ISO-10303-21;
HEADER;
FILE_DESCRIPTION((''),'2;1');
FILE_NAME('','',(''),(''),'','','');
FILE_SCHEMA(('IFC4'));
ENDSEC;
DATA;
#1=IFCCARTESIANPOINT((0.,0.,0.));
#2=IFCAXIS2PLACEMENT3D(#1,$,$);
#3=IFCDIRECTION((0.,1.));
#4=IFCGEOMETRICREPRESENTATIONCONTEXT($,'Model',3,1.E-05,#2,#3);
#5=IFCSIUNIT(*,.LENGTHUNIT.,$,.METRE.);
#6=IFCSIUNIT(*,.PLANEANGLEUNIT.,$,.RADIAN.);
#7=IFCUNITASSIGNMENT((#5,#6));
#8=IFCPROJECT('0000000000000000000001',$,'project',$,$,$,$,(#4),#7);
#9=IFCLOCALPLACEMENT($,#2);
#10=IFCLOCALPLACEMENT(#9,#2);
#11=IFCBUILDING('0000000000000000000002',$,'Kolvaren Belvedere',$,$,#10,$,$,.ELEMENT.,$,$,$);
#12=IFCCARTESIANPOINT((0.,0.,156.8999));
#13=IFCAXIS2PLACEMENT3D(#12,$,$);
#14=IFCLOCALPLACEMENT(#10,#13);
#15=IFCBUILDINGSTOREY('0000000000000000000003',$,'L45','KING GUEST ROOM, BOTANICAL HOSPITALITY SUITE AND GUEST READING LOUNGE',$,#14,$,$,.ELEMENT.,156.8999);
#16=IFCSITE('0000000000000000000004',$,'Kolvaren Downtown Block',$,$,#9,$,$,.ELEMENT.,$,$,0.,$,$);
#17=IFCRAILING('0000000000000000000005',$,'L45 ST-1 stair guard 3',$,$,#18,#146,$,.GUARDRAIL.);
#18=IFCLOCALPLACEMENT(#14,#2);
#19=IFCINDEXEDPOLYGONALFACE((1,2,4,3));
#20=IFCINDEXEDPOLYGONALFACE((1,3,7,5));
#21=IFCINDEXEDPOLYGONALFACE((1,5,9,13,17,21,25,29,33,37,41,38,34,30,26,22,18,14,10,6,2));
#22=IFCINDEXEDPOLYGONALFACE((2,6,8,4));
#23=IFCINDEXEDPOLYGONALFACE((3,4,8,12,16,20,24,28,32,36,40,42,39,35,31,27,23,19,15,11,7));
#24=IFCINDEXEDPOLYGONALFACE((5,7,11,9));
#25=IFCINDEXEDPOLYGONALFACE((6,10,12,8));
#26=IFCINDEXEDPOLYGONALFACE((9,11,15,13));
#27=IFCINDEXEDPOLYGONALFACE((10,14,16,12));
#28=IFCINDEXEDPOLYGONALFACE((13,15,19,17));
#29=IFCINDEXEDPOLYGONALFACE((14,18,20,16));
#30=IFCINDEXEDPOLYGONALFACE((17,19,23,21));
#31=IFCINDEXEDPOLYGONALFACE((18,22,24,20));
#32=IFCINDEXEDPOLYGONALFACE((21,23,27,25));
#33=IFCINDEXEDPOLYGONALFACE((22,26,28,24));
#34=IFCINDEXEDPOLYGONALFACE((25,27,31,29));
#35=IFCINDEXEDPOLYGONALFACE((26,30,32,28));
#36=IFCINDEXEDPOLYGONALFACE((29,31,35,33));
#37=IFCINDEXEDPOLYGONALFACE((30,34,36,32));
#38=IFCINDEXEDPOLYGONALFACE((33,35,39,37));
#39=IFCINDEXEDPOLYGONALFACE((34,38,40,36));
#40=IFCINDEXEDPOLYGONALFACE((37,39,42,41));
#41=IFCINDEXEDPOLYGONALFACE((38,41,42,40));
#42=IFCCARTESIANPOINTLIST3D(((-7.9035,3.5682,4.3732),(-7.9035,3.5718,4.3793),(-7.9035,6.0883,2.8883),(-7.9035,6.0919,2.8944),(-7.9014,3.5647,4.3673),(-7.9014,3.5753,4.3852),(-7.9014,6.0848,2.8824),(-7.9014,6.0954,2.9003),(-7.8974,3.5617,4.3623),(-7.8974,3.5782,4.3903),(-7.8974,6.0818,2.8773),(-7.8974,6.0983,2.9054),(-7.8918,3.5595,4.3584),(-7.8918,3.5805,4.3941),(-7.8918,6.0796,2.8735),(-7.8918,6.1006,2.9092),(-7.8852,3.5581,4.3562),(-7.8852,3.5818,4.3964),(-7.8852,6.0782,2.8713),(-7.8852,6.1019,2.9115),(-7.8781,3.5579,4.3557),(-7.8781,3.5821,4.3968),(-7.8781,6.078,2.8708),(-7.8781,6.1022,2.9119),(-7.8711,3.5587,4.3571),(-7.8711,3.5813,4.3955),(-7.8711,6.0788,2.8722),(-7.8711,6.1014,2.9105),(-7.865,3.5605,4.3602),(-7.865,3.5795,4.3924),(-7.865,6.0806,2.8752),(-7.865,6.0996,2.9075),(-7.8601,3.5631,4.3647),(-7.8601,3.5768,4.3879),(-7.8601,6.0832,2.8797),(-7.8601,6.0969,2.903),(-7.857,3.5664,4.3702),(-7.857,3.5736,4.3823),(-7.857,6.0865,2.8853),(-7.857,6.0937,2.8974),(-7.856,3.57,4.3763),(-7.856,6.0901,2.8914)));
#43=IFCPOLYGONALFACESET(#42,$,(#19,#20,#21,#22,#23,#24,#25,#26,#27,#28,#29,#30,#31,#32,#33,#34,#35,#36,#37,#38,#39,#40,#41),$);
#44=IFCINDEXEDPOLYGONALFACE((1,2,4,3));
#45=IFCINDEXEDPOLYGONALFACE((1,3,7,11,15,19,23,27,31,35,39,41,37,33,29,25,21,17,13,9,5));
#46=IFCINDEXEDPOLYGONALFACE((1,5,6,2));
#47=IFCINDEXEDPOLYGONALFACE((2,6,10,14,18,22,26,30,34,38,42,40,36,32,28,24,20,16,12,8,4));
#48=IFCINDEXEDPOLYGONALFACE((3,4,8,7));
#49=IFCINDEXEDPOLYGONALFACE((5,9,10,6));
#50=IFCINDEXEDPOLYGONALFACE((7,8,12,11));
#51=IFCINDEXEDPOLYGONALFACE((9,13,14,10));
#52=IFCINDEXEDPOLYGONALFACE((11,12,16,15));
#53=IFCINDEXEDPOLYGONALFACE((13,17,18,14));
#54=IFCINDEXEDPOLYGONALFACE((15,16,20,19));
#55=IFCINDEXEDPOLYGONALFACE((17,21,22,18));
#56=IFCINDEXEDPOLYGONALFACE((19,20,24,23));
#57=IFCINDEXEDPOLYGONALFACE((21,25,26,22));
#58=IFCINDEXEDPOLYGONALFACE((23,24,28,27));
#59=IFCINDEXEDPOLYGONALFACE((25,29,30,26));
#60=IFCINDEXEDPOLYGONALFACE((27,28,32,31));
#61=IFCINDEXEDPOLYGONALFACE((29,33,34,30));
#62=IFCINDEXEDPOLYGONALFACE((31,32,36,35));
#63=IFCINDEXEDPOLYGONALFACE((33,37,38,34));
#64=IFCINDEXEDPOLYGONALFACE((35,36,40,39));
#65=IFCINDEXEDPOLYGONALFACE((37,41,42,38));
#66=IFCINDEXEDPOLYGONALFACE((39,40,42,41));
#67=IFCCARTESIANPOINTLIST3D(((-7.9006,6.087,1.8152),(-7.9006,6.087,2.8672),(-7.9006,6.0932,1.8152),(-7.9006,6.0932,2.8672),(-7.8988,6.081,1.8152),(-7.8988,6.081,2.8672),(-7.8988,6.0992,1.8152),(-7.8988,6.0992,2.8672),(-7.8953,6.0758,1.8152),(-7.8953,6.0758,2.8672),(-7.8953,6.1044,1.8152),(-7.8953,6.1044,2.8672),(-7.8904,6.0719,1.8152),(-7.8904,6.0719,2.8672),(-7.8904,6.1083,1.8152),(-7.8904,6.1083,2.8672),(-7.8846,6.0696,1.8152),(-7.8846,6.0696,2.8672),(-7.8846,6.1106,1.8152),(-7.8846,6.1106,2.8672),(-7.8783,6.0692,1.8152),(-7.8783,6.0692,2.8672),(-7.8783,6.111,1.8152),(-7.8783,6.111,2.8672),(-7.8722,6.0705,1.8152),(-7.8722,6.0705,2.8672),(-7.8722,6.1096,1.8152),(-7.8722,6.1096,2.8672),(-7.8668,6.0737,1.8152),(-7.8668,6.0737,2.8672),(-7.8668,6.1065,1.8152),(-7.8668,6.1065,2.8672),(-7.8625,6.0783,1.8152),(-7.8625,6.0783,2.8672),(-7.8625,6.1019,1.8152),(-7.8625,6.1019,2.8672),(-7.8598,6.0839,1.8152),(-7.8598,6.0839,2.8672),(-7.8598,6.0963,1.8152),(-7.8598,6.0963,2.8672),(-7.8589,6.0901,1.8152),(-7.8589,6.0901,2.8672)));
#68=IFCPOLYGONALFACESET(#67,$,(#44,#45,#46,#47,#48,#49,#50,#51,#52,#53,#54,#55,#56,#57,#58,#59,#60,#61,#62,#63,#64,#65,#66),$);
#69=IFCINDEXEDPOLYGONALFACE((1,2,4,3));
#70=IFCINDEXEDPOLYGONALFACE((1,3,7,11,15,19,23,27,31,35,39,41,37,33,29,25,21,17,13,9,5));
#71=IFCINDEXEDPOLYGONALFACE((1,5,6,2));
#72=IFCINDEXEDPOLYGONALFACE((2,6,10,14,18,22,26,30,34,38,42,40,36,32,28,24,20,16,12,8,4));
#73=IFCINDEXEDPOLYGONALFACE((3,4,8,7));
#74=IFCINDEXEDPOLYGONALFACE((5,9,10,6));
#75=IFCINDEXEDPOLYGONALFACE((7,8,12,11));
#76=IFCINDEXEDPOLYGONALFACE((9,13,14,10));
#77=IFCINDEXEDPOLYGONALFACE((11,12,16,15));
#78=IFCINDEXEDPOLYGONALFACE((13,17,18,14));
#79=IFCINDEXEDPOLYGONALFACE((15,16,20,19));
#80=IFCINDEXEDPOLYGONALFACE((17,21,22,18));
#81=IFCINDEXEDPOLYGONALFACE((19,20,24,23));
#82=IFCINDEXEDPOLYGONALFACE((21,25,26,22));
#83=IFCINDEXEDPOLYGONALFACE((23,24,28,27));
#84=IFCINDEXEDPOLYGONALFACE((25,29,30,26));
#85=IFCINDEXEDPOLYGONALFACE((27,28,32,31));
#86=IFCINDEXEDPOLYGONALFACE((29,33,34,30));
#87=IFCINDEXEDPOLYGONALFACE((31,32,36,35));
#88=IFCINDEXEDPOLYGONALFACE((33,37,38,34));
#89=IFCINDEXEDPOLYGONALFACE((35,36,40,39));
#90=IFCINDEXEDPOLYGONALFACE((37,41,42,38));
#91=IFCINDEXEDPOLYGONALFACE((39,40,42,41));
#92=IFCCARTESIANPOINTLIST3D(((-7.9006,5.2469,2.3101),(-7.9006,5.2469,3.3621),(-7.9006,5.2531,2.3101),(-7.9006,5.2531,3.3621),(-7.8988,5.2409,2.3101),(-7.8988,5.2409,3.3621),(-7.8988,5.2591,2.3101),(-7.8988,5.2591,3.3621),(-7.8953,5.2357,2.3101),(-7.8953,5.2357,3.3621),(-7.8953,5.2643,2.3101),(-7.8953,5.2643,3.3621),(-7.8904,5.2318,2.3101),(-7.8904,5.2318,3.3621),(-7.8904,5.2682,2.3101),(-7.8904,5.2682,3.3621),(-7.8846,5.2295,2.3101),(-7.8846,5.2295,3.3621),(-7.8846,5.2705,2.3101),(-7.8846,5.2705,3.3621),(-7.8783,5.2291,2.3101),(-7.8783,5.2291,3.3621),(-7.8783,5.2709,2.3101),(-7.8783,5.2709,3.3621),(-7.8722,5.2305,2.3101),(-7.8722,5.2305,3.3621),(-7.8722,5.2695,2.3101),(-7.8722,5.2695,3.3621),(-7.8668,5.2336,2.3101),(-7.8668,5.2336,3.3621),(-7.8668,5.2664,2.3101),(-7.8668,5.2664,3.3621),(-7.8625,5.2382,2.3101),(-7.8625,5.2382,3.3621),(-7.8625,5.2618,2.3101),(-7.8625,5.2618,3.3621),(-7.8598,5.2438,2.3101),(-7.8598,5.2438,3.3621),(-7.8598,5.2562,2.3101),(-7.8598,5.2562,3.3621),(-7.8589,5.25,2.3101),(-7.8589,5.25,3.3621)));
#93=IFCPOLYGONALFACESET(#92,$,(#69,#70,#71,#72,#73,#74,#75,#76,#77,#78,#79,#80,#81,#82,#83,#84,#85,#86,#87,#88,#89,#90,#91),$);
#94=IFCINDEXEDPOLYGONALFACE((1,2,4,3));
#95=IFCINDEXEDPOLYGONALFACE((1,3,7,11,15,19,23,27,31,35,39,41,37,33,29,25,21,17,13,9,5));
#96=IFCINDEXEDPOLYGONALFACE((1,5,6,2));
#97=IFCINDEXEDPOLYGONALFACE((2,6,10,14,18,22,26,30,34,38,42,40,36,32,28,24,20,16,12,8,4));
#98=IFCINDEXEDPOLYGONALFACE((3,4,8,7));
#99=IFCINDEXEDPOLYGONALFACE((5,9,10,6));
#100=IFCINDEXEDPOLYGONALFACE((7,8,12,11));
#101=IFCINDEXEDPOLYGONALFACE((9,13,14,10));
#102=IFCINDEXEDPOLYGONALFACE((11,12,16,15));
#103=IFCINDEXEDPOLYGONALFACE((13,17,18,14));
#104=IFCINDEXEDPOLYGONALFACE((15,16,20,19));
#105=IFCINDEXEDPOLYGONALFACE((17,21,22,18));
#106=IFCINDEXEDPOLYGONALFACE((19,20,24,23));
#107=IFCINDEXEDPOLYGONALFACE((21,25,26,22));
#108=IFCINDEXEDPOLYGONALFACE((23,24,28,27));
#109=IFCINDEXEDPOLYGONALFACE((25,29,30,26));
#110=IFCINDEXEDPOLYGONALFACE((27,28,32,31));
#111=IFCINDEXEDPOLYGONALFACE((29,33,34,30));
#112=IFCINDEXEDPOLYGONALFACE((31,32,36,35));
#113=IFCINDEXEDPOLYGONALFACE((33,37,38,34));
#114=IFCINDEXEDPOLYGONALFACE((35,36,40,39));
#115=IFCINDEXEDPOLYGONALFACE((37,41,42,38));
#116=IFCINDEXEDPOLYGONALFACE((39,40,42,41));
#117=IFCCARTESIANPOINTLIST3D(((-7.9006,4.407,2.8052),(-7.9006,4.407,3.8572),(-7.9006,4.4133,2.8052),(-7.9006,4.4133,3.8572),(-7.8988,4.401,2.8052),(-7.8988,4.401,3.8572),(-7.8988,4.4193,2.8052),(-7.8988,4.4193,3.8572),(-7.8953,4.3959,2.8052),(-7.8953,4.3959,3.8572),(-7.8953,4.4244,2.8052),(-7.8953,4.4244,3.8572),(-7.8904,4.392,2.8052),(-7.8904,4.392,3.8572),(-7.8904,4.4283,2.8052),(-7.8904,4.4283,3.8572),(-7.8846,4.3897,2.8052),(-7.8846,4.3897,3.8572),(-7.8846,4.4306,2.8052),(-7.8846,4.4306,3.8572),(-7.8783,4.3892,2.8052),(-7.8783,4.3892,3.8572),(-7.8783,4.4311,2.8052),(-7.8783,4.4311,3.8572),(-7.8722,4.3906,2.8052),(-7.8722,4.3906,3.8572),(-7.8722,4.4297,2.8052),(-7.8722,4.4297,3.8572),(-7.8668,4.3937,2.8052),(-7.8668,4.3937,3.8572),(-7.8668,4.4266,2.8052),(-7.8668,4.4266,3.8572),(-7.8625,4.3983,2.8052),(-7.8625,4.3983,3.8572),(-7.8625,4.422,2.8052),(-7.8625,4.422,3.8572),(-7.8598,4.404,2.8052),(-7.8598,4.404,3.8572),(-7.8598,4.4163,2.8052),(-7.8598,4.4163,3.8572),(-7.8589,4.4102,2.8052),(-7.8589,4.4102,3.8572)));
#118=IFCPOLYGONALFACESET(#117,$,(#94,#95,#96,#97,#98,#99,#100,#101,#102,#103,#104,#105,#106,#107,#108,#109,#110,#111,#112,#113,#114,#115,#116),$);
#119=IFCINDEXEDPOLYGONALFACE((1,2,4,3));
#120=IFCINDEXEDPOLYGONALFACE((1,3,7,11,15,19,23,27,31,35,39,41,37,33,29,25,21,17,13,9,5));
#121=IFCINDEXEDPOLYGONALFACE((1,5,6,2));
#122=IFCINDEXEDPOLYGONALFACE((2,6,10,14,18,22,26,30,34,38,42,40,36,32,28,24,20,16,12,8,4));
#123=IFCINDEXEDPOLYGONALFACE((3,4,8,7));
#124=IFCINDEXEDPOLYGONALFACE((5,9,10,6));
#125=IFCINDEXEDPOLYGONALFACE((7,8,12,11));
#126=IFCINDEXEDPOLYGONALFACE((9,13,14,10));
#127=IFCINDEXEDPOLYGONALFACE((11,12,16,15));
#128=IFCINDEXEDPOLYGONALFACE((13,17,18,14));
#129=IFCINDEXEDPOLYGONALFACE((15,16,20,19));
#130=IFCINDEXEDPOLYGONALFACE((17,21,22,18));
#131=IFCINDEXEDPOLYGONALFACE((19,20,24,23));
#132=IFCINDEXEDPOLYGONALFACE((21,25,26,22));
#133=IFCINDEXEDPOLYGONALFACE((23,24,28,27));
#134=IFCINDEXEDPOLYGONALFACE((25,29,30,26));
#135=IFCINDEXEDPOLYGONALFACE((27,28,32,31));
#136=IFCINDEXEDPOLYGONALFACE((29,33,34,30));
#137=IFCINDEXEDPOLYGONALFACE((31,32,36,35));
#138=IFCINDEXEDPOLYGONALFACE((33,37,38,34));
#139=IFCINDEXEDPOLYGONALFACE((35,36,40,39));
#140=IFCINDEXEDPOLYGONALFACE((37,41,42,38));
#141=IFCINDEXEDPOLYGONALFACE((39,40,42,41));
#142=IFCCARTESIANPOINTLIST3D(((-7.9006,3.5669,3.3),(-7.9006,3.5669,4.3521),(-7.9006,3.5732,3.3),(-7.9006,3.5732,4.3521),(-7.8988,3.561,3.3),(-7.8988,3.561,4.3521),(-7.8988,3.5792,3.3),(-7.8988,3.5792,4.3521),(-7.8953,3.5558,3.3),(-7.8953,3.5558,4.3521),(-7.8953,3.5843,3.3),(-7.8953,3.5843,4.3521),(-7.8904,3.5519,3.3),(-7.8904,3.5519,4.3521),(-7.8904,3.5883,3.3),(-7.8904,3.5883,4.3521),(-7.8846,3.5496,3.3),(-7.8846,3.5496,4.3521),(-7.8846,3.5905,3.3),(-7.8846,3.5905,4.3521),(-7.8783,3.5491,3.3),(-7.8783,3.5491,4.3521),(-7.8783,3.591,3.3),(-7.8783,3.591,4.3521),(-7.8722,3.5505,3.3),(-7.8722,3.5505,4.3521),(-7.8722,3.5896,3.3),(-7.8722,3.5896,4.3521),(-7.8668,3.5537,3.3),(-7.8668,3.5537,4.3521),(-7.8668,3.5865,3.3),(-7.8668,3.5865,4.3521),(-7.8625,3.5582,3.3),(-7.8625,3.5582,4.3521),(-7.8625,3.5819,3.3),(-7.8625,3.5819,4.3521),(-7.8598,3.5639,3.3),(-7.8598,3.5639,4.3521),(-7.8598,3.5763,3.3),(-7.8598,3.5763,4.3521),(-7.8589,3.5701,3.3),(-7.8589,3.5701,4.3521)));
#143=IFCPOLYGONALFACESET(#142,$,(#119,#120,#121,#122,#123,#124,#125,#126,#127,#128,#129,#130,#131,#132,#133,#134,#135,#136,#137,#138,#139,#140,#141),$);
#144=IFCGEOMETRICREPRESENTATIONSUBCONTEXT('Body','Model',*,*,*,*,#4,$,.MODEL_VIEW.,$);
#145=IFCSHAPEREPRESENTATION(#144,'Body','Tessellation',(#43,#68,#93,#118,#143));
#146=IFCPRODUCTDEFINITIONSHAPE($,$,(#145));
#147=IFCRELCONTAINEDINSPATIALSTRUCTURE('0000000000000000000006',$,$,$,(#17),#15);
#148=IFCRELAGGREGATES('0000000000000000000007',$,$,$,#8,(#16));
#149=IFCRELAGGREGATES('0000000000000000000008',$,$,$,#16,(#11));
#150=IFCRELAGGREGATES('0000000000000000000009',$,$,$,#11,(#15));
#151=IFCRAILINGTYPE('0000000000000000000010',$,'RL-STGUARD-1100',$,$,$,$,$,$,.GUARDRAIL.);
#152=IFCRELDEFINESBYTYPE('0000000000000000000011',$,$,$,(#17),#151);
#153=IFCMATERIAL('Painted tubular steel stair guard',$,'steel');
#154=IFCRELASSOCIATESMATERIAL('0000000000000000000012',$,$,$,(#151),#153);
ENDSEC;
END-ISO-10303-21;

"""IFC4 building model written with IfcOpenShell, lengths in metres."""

from ifc_helpers import new_model, si_unit, direction, frame, origin, origin_2d, place, context, subcontext, project, spatial, circle, extrude, material, type_object, element, save


model = new_model("IFC4")

# Units and contexts
model_context = context("Model", 3, precision=1e-05, world=origin(), true_north=direction((0.0, 1.0)))
body_context = subcontext(model_context, "Body", "Model", "MODEL_VIEW")
ifc_project = project(units=[si_unit("LENGTHUNIT", "METRE"), si_unit("PLANEANGLEUNIT", "RADIAN")], contexts=[model_context])

# Site, building, storey
site_placement = place(None, origin())
site = spatial("IfcSite", under=ifc_project, at=site_placement, Name="Kolvaren Downtown Block", CompositionType="ELEMENT", RefElevation=0.0)
building_placement = place(site_placement, origin())
building = spatial("IfcBuilding", under=site, at=building_placement, Name="Kolvaren Belvedere", CompositionType="ELEMENT")
storey_placement = place(building_placement, frame((0.0, 0.0, 156.8999)))
storey = spatial("IfcBuildingStorey", under=building, at=storey_placement, Name="L45", Description="KING GUEST ROOM, BOTANICAL HOSPITALITY SUITE AND GUEST READING LOUNGE", CompositionType="ELEMENT", Elevation=156.8999)

# Railing
ifc_material_1 = material(Name="Painted tubular steel stair guard", Category="steel")
railing_type_1 = type_object("IfcRailingType", Name="RL-STGUARD-1100", PredefinedType="GUARDRAIL", material=ifc_material_1)
railing_1_placement = place(storey_placement, frame((-7.8799, 6.0901, 1.8152)))
element("IfcRailing", 1, at=railing_1_placement, inside=storey, type_object=railing_type_1, Name="L45 ST-1 stair guard 3", PredefinedType="GUARDRAIL", context=body_context, shape_type="SweptSolid", body=[
    extrude(circle(Radius=0.0239, at=origin_2d()), frame((0.0, 0.0, 1.0762), z_axis=(0.0, -0.861561, 0.507655), x_axis=(1.0, 0.0, 0.0)), (0.0, 0.0, 1.0), 2.925),
    extrude(circle(Radius=0.021, at=origin_2d()), origin(), (0.0, 0.0, 1.0), 1.052),
    extrude(circle(Radius=0.021, at=origin_2d()), frame((0.0, -0.8401, 0.4949)), (0.0, 0.0, 1.0), 1.052),
    extrude(circle(Radius=0.021, at=origin_2d()), frame((0.0, -1.6799, 0.99)), (0.0, 0.0, 1.0), 1.052),
    extrude(circle(Radius=0.021, at=origin_2d()), frame((0.0, -2.52, 1.4849)), (0.0, 0.0, 1.0), 1.052),
])

save(model, "model.ifc")
